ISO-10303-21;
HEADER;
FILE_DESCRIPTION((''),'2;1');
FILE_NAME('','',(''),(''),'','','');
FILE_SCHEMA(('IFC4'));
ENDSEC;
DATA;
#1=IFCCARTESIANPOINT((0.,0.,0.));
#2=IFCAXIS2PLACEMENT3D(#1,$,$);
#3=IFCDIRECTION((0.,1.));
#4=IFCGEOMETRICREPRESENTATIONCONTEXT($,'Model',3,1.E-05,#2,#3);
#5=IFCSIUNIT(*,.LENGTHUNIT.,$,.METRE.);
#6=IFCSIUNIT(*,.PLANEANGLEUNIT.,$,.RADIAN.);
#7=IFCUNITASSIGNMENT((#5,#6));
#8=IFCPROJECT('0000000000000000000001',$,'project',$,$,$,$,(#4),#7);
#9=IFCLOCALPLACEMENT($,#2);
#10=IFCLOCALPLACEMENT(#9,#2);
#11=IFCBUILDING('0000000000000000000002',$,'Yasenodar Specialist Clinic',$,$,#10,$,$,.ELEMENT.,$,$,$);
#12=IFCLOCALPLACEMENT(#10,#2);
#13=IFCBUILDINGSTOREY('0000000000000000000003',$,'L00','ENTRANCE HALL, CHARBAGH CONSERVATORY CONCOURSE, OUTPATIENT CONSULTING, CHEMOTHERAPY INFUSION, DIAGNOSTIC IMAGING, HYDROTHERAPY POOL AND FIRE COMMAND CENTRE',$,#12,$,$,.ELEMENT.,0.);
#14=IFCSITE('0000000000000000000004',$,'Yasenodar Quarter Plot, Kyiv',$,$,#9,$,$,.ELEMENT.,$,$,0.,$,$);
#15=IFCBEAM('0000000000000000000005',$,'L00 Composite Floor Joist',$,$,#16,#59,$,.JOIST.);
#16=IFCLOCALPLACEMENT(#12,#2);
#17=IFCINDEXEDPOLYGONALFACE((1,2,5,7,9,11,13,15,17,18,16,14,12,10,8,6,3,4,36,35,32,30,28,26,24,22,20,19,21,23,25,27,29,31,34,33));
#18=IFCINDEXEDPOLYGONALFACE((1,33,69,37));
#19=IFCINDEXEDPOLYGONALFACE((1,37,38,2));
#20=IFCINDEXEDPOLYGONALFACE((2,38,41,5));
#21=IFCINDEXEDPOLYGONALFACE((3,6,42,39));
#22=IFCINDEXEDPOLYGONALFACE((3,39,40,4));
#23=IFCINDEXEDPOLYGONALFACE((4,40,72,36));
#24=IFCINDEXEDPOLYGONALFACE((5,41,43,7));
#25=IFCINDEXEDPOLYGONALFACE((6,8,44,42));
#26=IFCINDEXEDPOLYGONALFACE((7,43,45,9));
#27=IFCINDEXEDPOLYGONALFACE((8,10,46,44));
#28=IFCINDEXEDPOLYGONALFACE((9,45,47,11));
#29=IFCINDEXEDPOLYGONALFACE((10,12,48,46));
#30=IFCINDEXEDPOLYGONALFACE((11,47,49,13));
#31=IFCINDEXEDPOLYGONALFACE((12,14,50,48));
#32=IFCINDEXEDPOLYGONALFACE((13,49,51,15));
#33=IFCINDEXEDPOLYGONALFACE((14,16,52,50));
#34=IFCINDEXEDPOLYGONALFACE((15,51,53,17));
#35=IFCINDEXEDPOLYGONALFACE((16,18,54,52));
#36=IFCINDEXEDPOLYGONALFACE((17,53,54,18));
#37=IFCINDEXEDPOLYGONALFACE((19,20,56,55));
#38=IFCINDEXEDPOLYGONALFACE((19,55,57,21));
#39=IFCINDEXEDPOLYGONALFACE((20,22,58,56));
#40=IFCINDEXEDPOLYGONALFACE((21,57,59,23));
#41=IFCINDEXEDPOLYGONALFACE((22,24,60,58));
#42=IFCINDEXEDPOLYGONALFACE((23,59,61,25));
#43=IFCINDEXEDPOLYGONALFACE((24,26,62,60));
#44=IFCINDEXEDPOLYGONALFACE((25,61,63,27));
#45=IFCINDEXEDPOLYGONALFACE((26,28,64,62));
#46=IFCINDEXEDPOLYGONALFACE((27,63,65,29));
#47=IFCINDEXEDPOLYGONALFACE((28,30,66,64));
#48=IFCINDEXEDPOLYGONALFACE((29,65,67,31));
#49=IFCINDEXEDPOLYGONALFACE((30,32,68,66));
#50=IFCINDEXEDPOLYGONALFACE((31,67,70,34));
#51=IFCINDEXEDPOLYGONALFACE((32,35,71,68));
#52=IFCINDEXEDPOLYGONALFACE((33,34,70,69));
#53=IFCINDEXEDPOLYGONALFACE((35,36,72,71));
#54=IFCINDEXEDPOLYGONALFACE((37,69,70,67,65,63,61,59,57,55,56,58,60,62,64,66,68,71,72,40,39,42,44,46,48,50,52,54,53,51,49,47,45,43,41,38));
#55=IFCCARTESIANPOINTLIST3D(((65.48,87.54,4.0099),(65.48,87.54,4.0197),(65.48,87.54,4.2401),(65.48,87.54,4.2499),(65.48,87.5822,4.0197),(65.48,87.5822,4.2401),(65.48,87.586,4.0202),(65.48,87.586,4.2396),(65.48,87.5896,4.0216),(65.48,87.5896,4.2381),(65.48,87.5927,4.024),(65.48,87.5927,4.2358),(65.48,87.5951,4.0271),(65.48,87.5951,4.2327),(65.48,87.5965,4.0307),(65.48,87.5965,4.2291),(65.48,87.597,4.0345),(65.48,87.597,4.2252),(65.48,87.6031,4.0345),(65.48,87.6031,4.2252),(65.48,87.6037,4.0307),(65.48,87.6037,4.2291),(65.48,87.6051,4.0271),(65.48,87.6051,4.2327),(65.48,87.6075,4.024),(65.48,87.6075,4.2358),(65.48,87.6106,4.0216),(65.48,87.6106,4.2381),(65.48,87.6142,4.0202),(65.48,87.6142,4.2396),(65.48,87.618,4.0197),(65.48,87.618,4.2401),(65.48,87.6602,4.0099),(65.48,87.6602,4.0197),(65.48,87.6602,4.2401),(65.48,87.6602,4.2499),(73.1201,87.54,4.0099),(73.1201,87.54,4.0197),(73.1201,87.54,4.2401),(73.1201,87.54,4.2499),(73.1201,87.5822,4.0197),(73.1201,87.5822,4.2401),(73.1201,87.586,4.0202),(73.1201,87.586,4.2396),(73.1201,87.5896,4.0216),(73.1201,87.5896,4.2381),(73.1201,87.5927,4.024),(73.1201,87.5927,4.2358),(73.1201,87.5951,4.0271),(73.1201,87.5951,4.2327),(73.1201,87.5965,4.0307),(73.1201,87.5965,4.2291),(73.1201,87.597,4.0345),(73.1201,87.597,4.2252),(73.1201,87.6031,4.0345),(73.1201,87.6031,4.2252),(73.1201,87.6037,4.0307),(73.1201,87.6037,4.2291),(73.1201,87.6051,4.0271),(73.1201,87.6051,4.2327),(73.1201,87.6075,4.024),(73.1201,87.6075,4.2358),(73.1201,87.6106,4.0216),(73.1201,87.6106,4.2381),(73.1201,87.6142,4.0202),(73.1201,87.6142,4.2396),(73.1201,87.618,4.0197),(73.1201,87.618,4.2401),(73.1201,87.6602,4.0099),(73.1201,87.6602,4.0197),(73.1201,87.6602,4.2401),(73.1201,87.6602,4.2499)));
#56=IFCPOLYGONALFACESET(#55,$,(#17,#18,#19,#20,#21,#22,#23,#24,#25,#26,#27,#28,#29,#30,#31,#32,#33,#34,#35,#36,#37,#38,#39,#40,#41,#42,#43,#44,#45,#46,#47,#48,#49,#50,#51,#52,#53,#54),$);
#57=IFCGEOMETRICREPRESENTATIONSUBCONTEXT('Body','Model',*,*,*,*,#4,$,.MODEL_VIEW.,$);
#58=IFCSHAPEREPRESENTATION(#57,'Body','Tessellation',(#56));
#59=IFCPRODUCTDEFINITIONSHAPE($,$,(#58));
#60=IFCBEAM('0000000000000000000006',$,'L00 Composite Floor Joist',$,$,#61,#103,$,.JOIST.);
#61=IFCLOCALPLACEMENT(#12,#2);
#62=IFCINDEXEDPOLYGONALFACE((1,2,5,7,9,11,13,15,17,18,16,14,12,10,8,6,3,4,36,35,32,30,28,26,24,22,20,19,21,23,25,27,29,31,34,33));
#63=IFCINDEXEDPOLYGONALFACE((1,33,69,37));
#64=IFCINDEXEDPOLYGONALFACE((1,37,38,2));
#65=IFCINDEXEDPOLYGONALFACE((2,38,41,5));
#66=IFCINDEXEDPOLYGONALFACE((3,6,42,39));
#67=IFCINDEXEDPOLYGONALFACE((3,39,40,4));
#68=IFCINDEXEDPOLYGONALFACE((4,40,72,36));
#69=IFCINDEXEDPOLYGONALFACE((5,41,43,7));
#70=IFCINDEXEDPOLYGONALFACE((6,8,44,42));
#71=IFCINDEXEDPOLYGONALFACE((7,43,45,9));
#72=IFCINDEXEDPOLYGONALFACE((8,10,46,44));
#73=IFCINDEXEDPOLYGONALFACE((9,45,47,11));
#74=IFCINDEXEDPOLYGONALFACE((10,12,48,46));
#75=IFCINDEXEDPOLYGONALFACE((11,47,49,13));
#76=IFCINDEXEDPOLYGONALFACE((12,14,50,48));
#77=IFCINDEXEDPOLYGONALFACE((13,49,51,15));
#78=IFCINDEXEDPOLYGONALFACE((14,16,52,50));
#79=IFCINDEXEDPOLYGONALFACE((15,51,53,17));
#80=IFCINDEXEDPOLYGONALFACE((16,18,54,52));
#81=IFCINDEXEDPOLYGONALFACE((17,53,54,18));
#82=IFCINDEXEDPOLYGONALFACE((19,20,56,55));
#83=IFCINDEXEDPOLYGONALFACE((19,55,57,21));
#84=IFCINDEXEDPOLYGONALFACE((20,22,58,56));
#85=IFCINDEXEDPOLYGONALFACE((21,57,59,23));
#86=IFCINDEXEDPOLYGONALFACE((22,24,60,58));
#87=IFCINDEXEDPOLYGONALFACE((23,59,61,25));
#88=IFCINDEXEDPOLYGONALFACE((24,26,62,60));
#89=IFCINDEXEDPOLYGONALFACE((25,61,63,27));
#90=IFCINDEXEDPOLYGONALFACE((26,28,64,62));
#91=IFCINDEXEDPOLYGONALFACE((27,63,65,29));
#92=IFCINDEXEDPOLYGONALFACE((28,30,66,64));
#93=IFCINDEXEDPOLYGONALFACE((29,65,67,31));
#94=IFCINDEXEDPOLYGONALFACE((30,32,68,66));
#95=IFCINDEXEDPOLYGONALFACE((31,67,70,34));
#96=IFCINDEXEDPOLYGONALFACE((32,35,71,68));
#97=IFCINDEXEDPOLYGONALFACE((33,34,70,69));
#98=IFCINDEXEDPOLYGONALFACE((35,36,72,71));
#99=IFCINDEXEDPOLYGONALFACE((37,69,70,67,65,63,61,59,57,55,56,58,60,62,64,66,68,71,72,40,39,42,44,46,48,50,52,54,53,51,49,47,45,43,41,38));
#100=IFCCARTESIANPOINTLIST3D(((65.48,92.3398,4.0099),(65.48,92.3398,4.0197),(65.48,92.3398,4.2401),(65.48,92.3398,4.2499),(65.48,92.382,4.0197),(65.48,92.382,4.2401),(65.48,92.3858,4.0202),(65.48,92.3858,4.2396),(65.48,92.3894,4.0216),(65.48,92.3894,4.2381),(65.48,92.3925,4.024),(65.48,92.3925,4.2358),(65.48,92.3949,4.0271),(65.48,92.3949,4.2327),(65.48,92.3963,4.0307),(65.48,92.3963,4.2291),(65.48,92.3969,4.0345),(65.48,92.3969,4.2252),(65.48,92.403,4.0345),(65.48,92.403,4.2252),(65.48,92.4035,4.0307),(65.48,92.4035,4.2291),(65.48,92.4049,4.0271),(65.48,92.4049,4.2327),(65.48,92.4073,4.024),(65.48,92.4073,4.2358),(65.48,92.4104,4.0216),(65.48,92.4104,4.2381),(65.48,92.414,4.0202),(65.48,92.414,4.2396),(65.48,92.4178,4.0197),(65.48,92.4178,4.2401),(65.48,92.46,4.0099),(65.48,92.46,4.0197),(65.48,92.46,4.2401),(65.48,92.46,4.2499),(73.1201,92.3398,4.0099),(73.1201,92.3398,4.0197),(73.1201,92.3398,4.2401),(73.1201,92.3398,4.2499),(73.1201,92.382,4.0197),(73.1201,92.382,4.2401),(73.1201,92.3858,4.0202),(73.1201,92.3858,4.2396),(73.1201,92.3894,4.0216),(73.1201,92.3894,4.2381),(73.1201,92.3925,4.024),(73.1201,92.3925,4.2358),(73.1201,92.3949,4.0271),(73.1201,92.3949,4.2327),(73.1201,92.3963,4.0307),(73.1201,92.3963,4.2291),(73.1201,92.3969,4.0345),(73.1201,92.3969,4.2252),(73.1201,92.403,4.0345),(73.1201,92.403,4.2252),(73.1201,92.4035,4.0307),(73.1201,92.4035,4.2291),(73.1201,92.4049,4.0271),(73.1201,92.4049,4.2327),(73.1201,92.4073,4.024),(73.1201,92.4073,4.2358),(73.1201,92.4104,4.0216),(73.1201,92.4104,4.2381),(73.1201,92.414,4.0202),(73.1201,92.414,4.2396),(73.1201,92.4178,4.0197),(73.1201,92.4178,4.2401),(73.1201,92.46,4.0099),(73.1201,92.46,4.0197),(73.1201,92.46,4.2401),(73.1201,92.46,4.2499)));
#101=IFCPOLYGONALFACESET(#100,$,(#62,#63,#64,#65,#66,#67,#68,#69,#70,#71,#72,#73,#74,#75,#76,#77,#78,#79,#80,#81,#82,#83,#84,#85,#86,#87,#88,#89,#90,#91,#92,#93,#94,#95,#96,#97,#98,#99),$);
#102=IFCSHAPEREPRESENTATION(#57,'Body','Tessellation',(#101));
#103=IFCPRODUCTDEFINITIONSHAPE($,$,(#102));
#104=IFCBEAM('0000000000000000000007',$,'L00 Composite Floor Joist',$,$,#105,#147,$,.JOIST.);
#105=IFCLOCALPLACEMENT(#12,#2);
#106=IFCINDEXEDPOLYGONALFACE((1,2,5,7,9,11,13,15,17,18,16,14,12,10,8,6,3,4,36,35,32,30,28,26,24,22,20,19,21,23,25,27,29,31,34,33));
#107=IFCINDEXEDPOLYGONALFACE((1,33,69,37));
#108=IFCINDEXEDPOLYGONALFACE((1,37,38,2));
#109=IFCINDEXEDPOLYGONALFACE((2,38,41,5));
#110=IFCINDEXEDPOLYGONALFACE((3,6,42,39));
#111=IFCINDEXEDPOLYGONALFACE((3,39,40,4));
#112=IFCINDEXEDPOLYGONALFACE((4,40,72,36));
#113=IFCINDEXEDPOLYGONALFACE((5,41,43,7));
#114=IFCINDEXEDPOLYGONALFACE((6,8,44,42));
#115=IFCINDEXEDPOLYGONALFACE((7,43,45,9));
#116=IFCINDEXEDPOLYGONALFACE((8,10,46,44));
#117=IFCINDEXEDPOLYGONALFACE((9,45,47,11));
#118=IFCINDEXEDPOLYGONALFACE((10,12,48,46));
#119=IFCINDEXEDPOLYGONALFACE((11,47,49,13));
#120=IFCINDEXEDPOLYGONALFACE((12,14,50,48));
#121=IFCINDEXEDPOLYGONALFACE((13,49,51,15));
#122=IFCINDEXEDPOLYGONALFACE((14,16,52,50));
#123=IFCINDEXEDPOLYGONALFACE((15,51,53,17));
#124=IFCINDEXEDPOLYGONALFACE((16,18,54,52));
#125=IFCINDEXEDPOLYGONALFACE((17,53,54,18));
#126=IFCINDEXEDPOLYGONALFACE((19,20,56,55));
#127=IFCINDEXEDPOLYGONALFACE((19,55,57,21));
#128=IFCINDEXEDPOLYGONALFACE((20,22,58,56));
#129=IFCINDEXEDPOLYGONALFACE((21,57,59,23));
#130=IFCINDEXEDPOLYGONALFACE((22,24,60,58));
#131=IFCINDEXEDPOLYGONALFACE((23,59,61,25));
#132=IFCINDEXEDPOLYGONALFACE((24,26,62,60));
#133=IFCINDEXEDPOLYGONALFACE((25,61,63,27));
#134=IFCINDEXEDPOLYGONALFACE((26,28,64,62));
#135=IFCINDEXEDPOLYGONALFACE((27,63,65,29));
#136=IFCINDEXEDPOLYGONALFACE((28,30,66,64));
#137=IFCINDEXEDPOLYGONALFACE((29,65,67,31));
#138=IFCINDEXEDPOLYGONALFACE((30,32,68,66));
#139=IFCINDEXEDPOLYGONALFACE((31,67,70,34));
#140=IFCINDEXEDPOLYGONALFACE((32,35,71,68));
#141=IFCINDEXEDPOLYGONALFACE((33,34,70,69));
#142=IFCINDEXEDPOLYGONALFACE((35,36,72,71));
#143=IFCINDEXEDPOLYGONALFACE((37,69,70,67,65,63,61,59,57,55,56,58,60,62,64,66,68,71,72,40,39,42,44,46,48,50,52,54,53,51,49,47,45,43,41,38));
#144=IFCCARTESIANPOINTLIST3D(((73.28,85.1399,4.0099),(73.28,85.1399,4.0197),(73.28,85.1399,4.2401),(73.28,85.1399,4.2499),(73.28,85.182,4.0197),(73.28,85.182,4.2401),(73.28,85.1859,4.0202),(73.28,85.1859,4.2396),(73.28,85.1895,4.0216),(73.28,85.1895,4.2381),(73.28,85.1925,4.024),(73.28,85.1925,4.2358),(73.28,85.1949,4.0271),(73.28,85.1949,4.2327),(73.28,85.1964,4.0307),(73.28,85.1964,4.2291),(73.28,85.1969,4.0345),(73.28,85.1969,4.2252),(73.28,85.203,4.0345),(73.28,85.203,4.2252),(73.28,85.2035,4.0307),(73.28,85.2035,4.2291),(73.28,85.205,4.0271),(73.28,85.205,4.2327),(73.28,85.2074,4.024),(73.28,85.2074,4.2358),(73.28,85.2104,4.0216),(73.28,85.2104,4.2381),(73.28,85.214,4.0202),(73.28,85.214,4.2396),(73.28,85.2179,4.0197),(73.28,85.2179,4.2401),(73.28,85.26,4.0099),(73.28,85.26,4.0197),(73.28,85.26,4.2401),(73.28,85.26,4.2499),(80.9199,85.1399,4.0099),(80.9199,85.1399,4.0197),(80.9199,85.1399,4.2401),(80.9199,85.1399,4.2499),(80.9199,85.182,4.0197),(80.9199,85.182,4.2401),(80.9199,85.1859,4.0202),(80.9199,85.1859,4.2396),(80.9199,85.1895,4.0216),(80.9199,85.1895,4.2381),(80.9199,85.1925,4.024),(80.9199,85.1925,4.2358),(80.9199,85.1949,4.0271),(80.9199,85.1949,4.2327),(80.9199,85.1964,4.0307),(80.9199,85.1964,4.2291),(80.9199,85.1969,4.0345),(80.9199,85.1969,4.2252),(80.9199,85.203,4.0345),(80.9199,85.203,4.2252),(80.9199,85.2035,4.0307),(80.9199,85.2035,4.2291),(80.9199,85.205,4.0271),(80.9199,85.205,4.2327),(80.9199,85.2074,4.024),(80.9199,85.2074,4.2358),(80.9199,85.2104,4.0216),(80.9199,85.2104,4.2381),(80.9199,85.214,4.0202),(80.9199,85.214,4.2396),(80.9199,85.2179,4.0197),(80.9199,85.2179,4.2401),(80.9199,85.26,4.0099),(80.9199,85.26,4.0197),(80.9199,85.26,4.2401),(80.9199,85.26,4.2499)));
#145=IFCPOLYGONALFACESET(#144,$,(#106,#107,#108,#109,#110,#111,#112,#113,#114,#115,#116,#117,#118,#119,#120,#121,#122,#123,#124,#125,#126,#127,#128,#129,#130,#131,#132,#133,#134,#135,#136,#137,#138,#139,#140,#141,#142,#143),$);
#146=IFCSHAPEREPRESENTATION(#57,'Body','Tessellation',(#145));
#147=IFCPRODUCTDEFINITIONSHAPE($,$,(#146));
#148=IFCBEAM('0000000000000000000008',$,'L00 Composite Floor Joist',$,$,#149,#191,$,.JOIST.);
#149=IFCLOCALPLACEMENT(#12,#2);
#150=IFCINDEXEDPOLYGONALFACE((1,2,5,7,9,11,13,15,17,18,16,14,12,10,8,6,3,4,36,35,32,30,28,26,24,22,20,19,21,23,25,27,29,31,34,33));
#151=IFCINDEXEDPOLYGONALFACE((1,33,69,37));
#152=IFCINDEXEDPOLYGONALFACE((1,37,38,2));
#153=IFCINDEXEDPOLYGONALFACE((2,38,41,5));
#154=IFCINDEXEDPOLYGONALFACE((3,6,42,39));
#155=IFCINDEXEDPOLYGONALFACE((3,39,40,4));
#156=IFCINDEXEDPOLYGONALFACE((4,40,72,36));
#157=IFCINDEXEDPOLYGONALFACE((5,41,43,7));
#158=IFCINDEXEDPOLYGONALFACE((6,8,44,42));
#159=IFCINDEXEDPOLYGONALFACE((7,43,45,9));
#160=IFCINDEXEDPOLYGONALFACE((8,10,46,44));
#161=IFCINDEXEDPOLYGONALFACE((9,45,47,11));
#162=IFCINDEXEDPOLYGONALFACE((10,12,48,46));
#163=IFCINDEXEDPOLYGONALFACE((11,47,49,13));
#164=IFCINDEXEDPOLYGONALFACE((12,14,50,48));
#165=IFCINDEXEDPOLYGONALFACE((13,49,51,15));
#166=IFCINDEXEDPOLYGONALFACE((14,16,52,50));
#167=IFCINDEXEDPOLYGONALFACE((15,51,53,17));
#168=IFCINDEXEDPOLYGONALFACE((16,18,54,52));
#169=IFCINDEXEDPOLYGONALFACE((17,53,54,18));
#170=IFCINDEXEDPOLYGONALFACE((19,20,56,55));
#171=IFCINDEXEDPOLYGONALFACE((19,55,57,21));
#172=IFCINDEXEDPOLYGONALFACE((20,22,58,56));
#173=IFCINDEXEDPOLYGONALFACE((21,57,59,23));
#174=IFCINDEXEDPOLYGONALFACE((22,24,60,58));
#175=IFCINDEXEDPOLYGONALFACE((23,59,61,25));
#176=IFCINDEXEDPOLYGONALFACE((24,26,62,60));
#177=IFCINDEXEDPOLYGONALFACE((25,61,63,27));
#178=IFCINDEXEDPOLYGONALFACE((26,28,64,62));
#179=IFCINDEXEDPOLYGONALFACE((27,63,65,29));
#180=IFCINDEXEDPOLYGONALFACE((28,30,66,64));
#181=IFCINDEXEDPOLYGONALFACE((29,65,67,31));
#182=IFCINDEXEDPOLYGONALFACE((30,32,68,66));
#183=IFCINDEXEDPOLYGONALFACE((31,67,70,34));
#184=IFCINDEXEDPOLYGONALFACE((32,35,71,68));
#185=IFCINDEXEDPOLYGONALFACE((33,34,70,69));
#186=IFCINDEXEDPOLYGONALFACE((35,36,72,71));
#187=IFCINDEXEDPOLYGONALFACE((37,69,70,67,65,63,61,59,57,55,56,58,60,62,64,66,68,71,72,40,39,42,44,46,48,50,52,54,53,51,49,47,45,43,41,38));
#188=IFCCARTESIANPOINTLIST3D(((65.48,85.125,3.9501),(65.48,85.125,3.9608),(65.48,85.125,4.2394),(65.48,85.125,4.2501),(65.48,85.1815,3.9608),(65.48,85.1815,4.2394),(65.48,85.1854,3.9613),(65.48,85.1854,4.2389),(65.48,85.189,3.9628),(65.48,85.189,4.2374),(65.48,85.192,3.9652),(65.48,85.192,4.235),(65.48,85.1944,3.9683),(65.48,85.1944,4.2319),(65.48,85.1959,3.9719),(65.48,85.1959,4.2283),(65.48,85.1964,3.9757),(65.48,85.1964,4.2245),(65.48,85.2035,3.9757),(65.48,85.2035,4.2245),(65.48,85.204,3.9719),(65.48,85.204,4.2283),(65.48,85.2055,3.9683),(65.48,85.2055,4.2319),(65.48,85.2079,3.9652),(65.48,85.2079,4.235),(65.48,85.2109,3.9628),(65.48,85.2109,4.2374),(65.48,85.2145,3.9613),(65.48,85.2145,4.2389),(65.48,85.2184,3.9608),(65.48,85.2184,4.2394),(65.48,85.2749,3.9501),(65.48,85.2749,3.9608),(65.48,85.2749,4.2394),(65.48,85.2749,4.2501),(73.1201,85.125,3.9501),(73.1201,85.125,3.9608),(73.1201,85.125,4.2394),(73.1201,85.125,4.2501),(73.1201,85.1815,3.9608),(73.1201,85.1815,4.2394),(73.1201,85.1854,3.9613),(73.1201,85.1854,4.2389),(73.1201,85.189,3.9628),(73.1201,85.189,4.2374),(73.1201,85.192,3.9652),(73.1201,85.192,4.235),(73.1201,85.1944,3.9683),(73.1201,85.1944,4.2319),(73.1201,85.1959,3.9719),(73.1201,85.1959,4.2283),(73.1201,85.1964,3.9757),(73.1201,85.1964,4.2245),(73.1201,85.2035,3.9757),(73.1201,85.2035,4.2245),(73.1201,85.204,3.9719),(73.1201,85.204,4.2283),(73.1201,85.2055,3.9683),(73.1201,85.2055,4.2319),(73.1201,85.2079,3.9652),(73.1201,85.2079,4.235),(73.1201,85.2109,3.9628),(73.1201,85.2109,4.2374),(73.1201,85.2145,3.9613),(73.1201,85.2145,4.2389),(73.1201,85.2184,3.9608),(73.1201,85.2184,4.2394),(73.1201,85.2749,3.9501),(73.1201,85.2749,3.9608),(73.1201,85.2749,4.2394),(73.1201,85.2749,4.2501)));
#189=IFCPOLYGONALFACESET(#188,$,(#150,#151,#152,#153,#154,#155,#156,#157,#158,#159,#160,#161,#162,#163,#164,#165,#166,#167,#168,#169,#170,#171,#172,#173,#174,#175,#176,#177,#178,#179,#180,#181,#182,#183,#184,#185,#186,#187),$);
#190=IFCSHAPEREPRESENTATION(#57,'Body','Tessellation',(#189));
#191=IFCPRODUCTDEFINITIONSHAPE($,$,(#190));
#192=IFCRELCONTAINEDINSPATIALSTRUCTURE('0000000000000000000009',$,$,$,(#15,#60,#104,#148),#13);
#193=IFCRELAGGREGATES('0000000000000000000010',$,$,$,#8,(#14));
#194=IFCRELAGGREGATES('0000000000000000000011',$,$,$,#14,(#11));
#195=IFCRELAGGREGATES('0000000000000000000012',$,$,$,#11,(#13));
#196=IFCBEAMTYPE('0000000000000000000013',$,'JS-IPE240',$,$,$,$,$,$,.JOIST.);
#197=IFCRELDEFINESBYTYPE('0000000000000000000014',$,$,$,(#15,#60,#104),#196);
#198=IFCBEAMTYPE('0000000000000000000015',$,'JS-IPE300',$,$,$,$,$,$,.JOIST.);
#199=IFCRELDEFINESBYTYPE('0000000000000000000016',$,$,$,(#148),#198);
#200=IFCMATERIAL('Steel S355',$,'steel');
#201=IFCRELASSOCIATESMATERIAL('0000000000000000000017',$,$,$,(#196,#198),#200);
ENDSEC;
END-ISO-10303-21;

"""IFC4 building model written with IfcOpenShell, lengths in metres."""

from ifc_helpers import new_model, si_unit, direction, frame, origin, origin_2d, place, context, subcontext, project, spatial, i_section, extrude, material, material_profile, profile_set, type_object, element, save


model = new_model("IFC4")

# Units and contexts
model_context = context("Model", 3, precision=1e-05, world=origin(), true_north=direction((0.0, 1.0)))
body_context = subcontext(model_context, "Body", "Model", "MODEL_VIEW")
ifc_project = project(units=[si_unit("LENGTHUNIT", "METRE"), si_unit("PLANEANGLEUNIT", "RADIAN")], contexts=[model_context])

# Site, building, storey
site_placement = place(None, origin())
site = spatial("IfcSite", under=ifc_project, at=site_placement, Name="Yasenodar Quarter Plot, Kyiv", CompositionType="ELEMENT", RefElevation=0.0)
building_placement = place(site_placement, origin())
building = spatial("IfcBuilding", under=site, at=building_placement, Name="Yasenodar Specialist Clinic", CompositionType="ELEMENT")
storey_placement = place(building_placement, origin())
storey = spatial("IfcBuildingStorey", under=building, at=storey_placement, Name="L00", Description="ENTRANCE HALL, CHARBAGH CONSERVATORY CONCOURSE, OUTPATIENT CONSULTING, CHEMOTHERAPY INFUSION, DIAGNOSTIC IMAGING, HYDROTHERAPY POOL AND FIRE COMMAND CENTRE", CompositionType="ELEMENT", Elevation=0.0)

# Shared definitions
ifc_material_1 = material(Name="Steel S355", Category="steel")

# Beams
ifc_material_profile_1 = material_profile(ifc_material_1, i_section(OverallWidth=0.1201, OverallDepth=0.24, WebThickness=0.0061, FlangeThickness=0.0098, FilletRadius=0.0149, at=origin_2d()), Name="IPE 240")
ifc_profile_set_1 = profile_set([ifc_material_profile_1], Name="Steel S355")
beam_type_1 = type_object("IfcBeamType", Name="JS-IPE240", PredefinedType="JOIST", material=ifc_profile_set_1)
for number, where, z_axis, x_axis, name in (
    (1, (65.48, 87.6001, 4.1299), (1.0, 0.0, 0.0), (0.0, 1.0, 0.0), "L00 Composite Floor Joist"),
    (2, (65.48, 92.3999, 4.1299), (1.0, 0.0, 0.0), (0.0, 1.0, 0.0), "L00 Composite Floor Joist"),
):
    element("IfcBeam", number, at=place(storey_placement, frame(where, z_axis=z_axis, x_axis=x_axis)), inside=storey, type_object=beam_type_1, Name=name, PredefinedType="JOIST", context=body_context, shape_type="SweptSolid", body=[
        extrude(i_section(OverallWidth=0.1201, OverallDepth=0.24, WebThickness=0.0061, FlangeThickness=0.0098, FilletRadius=0.0149, at=origin_2d()), origin(), (0.0, 0.0, 1.0), 7.6401),
    ])
beam_1_placement = place(storey_placement, frame((73.28, 85.2, 4.1299), z_axis=(1.0, 0.0, 0.0), x_axis=(0.0, 1.0, 0.0)))
element("IfcBeam", 3, at=beam_1_placement, inside=storey, type_object=beam_type_1, Name="L00 Composite Floor Joist", PredefinedType="JOIST", context=body_context, shape_type="SweptSolid", body=[
    extrude(i_section(OverallWidth=0.1201, OverallDepth=0.24, WebThickness=0.0061, FlangeThickness=0.0098, FilletRadius=0.0149, at=origin_2d()), origin(), (0.0, 0.0, 1.0), 7.6399),
])
ifc_material_profile_2 = material_profile(ifc_material_1, i_section(OverallWidth=0.1499, OverallDepth=0.3, WebThickness=0.0071, FlangeThickness=0.0107, FilletRadius=0.0149, at=origin_2d()), Name="IPE 300")
ifc_profile_set_2 = profile_set([ifc_material_profile_2], Name="Steel S355")
beam_type_2 = type_object("IfcBeamType", Name="JS-IPE300", PredefinedType="JOIST", material=ifc_profile_set_2)
beam_2_placement = place(storey_placement, frame((65.48, 85.2, 4.1001), z_axis=(1.0, 0.0, 0.0), x_axis=(0.0, 1.0, 0.0)))
element("IfcBeam", 4, at=beam_2_placement, inside=storey, type_object=beam_type_2, Name="L00 Composite Floor Joist", PredefinedType="JOIST", context=body_context, shape_type="SweptSolid", body=[
    extrude(i_section(OverallWidth=0.1499, OverallDepth=0.3, WebThickness=0.0071, FlangeThickness=0.0107, FilletRadius=0.0149, at=origin_2d()), origin(), (0.0, 0.0, 1.0), 7.6401),
])

save(model, "model.ifc")
